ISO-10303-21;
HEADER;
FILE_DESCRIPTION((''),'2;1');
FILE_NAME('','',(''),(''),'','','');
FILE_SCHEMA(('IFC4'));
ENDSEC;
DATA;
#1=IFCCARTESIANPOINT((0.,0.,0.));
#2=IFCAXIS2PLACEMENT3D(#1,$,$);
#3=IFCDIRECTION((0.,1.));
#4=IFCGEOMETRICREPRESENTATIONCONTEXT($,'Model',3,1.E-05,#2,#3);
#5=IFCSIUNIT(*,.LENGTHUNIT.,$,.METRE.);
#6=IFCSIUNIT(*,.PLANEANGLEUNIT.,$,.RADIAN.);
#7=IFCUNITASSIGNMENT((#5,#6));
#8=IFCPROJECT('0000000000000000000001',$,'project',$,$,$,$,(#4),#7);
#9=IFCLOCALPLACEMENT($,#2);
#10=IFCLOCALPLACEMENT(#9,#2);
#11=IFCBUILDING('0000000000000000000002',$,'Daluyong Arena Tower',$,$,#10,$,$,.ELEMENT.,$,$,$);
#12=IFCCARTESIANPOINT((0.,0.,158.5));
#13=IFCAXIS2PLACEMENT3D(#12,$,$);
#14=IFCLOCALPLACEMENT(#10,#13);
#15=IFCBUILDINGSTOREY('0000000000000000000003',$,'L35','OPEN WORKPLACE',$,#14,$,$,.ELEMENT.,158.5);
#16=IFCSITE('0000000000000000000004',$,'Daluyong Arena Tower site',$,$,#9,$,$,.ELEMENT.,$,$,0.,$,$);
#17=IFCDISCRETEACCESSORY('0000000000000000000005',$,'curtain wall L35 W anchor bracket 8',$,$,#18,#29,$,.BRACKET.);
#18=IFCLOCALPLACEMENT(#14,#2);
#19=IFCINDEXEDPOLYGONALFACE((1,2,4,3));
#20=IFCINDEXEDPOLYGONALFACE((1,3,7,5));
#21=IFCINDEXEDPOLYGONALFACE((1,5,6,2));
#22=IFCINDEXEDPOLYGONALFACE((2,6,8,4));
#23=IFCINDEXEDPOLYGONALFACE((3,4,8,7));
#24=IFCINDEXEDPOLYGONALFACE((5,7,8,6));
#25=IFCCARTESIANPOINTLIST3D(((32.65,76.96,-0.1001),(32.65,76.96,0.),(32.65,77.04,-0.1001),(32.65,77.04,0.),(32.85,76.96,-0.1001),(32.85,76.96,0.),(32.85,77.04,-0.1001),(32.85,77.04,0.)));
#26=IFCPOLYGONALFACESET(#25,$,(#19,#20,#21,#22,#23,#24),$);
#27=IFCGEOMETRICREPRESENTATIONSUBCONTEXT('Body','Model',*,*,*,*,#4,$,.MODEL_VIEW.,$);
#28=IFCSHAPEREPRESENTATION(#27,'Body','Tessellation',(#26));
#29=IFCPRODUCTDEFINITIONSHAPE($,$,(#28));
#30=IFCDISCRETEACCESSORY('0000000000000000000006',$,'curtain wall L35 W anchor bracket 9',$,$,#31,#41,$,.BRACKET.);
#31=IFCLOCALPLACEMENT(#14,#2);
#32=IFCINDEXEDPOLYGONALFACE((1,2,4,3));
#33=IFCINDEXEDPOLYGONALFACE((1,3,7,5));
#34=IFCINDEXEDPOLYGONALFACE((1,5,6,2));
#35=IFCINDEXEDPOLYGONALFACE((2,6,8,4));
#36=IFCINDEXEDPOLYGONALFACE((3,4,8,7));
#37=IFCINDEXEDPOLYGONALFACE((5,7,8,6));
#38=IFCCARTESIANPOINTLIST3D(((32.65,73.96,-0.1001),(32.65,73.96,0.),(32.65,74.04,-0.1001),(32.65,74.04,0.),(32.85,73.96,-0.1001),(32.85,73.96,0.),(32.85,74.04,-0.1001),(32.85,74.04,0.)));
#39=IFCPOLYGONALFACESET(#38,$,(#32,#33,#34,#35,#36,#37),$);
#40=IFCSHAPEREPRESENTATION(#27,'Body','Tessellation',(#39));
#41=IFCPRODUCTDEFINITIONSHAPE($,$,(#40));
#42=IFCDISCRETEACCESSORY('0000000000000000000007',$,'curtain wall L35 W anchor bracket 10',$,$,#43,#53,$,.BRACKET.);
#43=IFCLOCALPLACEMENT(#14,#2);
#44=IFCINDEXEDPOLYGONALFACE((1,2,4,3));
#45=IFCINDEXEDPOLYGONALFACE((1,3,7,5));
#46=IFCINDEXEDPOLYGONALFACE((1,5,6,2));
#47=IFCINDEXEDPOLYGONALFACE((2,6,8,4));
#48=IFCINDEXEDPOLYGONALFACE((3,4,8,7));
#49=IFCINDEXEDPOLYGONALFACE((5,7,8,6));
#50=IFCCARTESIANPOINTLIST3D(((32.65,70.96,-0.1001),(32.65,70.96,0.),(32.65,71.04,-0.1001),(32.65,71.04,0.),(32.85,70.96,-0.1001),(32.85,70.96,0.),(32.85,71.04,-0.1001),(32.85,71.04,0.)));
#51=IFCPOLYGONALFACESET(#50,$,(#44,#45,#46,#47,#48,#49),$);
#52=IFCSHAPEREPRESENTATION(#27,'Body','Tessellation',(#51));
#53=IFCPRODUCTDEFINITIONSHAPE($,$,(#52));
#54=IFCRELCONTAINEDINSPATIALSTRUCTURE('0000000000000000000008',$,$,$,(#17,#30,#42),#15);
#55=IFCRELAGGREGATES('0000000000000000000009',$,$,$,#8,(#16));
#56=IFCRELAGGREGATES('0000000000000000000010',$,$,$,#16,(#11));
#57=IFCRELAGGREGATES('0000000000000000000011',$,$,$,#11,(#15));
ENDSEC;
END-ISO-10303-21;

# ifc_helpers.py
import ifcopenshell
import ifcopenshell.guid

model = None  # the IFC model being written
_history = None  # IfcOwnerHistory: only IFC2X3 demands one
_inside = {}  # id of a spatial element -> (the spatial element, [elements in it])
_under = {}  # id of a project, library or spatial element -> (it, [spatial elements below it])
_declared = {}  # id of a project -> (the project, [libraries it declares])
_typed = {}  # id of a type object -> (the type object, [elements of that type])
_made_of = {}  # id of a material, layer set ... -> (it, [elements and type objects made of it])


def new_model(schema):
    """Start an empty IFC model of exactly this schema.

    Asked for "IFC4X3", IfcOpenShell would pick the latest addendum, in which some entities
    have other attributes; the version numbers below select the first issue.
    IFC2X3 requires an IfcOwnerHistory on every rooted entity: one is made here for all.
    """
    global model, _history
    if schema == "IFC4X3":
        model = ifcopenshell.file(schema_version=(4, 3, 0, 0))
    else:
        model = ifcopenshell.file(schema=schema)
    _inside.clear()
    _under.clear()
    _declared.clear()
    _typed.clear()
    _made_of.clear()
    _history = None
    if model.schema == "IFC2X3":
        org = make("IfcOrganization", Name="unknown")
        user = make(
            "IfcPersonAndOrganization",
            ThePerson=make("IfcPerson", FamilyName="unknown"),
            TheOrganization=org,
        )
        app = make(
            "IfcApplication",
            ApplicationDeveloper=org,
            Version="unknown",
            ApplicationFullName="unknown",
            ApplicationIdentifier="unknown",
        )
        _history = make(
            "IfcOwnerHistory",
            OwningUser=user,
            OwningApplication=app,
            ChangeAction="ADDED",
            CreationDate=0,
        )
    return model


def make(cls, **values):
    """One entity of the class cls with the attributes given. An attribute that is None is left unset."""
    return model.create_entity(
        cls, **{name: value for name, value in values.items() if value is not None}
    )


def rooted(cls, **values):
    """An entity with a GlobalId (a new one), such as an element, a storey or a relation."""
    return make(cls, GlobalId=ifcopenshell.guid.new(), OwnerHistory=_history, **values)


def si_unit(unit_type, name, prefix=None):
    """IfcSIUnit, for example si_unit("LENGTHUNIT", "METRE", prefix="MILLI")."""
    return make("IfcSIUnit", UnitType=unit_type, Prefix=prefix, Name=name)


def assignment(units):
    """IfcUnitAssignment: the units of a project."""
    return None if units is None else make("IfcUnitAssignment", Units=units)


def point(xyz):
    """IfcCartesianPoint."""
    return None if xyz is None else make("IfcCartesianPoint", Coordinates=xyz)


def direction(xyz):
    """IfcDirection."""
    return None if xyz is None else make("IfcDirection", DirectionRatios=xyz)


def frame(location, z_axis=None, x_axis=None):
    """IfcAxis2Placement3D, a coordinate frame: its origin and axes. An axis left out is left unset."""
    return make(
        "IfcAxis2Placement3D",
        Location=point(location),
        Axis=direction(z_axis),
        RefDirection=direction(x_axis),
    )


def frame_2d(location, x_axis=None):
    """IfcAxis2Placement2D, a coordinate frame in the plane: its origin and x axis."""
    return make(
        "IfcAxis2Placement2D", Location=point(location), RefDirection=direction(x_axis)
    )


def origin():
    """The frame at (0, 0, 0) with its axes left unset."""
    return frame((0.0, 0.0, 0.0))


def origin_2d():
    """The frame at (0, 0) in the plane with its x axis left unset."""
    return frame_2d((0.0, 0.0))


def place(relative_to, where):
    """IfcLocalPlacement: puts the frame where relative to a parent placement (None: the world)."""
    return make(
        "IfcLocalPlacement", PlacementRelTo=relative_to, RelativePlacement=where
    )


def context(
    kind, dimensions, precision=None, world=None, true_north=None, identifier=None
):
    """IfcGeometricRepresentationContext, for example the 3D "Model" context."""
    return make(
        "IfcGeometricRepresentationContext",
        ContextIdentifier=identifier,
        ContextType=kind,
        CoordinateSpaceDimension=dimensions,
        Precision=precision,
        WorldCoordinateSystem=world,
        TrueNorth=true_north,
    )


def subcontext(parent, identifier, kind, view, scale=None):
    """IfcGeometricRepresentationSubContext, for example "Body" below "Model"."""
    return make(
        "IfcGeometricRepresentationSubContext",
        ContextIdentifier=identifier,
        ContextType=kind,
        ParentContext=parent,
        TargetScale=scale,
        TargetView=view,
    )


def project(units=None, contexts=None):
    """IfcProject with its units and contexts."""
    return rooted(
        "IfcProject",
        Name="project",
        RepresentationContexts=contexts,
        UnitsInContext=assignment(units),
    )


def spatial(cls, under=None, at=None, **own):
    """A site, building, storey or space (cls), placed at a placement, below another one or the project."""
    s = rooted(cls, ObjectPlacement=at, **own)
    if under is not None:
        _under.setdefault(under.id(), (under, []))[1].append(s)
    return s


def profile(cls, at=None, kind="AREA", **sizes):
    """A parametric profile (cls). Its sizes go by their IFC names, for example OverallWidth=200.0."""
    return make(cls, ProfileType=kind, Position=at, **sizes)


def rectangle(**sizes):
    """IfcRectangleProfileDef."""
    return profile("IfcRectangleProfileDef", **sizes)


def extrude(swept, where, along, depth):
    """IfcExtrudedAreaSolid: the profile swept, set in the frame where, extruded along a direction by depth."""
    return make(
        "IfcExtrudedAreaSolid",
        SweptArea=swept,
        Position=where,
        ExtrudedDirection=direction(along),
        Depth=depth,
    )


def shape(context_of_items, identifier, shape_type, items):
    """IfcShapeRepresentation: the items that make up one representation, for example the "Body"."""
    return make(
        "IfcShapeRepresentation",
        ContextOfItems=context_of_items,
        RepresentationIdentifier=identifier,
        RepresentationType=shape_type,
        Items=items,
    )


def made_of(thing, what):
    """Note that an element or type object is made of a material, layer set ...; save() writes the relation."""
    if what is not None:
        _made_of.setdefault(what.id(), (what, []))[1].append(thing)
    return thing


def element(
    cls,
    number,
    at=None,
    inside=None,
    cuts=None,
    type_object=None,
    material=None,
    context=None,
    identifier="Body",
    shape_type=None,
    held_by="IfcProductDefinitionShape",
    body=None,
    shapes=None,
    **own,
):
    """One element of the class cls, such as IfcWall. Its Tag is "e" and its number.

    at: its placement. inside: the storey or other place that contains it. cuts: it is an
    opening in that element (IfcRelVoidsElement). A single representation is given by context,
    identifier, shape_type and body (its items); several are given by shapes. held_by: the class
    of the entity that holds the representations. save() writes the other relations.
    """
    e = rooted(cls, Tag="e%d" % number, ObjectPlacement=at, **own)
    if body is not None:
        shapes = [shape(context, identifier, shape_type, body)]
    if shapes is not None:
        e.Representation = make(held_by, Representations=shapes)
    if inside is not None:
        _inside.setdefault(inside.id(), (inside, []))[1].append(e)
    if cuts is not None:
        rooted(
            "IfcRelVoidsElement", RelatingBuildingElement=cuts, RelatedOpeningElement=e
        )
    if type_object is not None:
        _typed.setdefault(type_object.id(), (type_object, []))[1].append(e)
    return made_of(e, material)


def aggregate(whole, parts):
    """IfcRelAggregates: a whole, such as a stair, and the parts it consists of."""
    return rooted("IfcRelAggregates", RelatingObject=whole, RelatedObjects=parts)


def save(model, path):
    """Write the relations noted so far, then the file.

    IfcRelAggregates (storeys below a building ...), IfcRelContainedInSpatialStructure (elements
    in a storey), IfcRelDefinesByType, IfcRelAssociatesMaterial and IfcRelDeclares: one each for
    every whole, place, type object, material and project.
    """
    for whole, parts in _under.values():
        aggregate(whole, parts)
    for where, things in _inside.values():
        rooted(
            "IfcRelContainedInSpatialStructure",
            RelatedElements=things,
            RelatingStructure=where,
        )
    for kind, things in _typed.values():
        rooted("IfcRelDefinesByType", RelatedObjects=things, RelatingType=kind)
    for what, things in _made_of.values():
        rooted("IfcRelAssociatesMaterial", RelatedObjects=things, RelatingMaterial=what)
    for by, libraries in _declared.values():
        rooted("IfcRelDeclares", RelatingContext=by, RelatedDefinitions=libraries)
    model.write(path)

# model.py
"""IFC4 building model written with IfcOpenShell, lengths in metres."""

from ifc_helpers import new_model, si_unit, direction, frame, origin, origin_2d, place, context, subcontext, project, spatial, rectangle, extrude, element, save


model = new_model("IFC4")

# Units and contexts
model_context = context("Model", 3, precision=1e-05, world=origin(), true_north=direction((0.0, 1.0)))
body_context = subcontext(model_context, "Body", "Model", "MODEL_VIEW")
ifc_project = project(units=[si_unit("LENGTHUNIT", "METRE"), si_unit("PLANEANGLEUNIT", "RADIAN")], contexts=[model_context])

# Site, building, storey
site_placement = place(None, origin())
site = spatial("IfcSite", under=ifc_project, at=site_placement, Name="Daluyong Arena Tower site", CompositionType="ELEMENT", RefElevation=0.0)
building_placement = place(site_placement, origin())
building = spatial("IfcBuilding", under=site, at=building_placement, Name="Daluyong Arena Tower", CompositionType="ELEMENT")
storey_placement = place(building_placement, frame((0.0, 0.0, 158.5)))
storey = spatial("IfcBuildingStorey", under=building, at=storey_placement, Name="L35", Description="OPEN WORKPLACE", CompositionType="ELEMENT", Elevation=158.5)

# Discrete accessories
for number, where, z_axis, x_axis, name in (
    (1, (32.75, 77.0, -0.1001), (0.0, 0.0, 1.0), (0.0, -1.0, 0.0), "curtain wall L35 W anchor bracket 8"),
    (2, (32.75, 74.0, -0.1001), (0.0, 0.0, 1.0), (0.0, -1.0, 0.0), "curtain wall L35 W anchor bracket 9"),
    (3, (32.75, 71.0, -0.1001), (0.0, 0.0, 1.0), (0.0, -1.0, 0.0), "curtain wall L35 W anchor bracket 10"),
):
    element("IfcDiscreteAccessory", number, at=place(storey_placement, frame(where, z_axis=z_axis, x_axis=x_axis)), inside=storey, Name=name, PredefinedType="BRACKET", context=body_context, shape_type="SweptSolid", body=[
        extrude(rectangle(XDim=0.0801, YDim=0.2, at=origin_2d()), origin(), (0.0, 0.0, 1.0), 0.1001),
    ])

save(model, "model.ifc")
